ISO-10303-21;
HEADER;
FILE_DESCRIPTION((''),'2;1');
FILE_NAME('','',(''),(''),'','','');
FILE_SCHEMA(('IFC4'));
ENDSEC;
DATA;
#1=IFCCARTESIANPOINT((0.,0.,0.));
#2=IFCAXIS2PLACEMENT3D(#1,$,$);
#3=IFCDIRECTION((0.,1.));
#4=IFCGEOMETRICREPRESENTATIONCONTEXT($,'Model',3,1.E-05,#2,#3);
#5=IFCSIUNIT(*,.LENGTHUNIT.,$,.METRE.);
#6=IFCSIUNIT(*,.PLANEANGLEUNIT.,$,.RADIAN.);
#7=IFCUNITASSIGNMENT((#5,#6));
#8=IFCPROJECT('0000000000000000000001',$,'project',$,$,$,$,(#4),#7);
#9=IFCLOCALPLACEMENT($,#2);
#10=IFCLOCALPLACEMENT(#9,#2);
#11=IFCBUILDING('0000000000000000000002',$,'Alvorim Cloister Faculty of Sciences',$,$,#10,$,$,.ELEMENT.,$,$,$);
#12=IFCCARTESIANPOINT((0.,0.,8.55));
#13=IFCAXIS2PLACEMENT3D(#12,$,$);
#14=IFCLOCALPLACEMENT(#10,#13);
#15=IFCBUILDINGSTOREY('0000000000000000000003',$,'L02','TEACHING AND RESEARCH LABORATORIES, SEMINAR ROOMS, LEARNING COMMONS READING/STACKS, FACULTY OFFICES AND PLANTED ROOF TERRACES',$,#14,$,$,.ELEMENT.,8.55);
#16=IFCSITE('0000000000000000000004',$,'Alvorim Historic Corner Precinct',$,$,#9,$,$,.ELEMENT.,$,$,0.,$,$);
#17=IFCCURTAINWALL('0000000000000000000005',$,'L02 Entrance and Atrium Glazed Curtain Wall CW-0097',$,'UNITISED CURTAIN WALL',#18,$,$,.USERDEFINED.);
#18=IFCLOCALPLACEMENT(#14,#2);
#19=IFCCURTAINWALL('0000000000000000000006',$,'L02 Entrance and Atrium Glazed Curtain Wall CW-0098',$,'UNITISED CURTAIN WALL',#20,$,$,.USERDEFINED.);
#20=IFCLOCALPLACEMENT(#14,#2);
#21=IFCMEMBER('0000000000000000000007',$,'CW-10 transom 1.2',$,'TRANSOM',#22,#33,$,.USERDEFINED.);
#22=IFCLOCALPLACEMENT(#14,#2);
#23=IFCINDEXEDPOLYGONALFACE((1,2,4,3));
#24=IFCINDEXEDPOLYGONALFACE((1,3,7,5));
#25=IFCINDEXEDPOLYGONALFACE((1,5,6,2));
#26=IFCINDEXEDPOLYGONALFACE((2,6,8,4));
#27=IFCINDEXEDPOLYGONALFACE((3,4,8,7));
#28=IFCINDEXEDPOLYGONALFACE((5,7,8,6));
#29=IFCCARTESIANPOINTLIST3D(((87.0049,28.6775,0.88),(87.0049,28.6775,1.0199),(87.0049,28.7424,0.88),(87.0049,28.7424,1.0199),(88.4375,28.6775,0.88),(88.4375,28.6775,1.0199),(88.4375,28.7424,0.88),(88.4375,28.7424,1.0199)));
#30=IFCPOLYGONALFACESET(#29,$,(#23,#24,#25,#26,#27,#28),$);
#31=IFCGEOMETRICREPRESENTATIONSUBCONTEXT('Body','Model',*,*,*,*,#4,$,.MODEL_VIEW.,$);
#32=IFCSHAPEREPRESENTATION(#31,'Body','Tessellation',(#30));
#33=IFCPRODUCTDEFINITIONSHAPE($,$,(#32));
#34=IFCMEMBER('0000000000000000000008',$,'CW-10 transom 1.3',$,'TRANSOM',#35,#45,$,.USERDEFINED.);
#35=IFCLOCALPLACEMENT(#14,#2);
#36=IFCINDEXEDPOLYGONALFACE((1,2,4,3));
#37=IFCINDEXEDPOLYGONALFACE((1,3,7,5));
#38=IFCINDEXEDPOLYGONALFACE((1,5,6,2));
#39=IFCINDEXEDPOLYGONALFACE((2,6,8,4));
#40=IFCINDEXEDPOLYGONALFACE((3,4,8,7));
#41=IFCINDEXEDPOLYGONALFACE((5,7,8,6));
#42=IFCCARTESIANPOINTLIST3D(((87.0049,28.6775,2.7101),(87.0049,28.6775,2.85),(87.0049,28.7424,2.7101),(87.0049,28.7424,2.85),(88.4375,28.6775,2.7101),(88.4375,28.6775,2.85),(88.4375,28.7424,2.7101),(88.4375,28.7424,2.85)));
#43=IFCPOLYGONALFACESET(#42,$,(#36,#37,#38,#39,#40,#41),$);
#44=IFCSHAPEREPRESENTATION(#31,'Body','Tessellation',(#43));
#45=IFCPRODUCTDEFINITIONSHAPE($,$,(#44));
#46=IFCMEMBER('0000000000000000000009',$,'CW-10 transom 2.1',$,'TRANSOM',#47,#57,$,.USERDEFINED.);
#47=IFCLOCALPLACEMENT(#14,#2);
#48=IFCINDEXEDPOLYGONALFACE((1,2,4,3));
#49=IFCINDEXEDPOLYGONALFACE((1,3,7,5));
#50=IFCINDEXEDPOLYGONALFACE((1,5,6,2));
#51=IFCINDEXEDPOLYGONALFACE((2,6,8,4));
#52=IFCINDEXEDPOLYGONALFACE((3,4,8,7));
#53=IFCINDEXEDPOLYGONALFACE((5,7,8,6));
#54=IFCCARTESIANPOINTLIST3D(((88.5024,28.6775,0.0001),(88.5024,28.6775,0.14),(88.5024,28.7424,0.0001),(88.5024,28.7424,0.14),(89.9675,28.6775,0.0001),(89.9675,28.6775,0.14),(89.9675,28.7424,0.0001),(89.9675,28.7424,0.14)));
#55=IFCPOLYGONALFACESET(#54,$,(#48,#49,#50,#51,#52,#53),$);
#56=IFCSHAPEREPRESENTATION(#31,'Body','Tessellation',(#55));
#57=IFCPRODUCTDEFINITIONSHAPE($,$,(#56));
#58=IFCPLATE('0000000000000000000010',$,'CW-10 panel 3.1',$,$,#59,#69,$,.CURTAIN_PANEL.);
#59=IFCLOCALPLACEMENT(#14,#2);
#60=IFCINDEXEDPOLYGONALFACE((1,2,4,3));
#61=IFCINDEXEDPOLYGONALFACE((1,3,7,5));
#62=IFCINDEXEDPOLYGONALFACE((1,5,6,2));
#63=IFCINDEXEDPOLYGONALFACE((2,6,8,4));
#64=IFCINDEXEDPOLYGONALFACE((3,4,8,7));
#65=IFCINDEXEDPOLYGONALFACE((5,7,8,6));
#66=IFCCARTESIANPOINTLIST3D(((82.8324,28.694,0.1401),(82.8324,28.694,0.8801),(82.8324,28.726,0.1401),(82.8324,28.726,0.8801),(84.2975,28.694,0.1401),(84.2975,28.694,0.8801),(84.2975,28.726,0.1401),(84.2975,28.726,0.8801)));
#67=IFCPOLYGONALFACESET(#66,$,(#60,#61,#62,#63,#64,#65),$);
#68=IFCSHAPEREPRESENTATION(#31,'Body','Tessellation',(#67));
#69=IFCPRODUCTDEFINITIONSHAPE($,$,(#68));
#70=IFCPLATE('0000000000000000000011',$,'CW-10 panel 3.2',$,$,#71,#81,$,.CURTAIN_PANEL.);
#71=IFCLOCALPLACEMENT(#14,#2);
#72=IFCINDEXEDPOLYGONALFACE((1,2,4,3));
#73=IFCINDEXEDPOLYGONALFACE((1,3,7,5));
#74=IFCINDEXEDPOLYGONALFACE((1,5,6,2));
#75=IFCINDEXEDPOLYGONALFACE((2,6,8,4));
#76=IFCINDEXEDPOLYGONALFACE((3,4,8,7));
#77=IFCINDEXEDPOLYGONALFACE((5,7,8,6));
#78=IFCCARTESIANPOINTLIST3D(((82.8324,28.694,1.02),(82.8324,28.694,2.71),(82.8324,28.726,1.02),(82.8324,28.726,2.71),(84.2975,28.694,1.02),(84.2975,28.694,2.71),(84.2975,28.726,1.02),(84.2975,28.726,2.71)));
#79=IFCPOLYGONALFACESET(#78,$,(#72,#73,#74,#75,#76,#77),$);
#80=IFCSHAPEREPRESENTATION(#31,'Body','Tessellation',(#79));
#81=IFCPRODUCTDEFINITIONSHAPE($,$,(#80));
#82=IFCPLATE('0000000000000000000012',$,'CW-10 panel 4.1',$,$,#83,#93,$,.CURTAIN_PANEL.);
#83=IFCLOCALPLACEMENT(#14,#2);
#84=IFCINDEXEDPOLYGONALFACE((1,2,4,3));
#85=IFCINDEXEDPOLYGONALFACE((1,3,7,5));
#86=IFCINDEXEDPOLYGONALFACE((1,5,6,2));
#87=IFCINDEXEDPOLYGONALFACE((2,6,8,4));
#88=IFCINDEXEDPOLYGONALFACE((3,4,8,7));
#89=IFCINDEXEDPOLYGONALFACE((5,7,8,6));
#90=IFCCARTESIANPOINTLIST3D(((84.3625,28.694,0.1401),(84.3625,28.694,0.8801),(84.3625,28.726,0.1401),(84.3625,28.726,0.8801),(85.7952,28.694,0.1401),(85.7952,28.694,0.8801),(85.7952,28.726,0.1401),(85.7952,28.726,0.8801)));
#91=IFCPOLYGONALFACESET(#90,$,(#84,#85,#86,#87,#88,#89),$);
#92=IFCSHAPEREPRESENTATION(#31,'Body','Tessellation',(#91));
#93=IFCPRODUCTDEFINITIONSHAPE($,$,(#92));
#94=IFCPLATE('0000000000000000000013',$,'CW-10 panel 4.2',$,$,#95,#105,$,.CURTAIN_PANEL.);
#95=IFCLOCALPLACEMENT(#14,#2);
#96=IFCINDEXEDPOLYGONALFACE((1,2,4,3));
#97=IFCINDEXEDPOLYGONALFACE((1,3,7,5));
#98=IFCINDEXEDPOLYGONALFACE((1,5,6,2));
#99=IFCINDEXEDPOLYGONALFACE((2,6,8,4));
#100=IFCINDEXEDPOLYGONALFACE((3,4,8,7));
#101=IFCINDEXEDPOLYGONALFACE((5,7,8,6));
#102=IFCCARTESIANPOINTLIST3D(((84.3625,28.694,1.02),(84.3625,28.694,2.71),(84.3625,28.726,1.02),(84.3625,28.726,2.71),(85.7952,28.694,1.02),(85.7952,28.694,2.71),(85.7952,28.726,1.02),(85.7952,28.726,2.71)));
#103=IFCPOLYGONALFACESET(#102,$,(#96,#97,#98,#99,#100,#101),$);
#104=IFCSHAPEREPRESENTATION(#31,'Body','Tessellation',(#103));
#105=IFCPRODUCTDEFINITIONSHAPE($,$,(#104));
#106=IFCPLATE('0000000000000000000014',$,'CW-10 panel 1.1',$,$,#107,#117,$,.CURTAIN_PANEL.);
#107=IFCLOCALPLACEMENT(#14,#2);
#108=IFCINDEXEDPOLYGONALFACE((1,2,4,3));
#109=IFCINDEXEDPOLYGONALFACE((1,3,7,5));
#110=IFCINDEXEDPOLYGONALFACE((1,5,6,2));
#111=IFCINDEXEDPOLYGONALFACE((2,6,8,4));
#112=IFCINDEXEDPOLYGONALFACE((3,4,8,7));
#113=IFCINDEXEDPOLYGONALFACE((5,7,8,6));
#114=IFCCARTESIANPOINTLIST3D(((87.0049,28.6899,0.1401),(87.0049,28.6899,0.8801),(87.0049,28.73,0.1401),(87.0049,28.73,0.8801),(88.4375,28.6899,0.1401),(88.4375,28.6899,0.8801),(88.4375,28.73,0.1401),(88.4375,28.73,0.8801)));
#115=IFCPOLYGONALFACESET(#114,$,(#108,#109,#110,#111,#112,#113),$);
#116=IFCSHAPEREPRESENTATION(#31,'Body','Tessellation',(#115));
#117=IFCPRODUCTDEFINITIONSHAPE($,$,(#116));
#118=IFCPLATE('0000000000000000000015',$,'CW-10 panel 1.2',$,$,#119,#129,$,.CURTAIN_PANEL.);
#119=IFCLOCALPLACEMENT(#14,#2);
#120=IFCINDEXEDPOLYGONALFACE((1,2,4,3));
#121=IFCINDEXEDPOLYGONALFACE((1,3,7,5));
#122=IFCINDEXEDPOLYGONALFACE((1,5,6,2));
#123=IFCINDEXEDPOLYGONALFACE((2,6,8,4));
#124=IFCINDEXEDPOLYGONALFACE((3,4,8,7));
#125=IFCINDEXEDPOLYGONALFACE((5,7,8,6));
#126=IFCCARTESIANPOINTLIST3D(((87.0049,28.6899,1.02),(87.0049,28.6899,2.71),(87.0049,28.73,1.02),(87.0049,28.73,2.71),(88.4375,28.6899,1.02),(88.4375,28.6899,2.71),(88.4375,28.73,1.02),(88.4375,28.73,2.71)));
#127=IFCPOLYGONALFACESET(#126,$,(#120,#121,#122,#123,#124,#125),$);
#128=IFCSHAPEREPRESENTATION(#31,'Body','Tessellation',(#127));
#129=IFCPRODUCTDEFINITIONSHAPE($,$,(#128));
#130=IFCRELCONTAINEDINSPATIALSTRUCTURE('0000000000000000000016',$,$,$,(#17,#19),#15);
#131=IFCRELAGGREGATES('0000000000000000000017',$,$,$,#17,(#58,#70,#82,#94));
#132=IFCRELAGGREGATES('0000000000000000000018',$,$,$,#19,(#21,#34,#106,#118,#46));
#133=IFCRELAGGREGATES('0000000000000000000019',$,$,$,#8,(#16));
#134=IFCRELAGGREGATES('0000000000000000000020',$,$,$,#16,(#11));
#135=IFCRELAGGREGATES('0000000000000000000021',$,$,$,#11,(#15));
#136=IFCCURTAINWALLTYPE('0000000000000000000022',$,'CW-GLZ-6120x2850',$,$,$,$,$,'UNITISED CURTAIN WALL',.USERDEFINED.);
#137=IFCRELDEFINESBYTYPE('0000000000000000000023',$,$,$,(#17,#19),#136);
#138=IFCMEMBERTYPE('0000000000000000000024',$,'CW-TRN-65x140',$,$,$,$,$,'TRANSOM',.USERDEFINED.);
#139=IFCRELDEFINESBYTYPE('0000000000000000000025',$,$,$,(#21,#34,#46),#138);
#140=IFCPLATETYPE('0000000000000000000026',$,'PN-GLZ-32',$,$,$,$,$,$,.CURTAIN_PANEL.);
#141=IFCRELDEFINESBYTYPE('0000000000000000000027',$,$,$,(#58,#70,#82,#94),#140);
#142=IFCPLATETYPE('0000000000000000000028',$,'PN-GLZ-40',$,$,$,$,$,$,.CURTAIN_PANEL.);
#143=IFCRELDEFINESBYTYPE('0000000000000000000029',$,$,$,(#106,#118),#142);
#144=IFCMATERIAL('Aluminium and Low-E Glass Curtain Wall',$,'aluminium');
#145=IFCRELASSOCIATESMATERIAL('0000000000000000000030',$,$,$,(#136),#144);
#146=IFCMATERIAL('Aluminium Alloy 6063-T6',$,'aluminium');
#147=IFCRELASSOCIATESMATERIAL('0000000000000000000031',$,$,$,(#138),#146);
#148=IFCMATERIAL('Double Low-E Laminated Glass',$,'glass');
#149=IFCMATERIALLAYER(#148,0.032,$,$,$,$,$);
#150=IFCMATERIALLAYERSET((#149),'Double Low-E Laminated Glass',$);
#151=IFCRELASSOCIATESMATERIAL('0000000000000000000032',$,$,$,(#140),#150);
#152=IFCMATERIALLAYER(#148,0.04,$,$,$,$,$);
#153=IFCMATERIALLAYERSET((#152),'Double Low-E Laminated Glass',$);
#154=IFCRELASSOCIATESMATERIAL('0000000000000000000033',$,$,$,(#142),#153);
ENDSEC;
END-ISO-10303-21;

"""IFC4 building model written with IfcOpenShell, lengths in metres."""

from ifc_helpers import new_model, si_unit, direction, frame, origin, origin_2d, place, context, subcontext, project, spatial, rectangle, extrude, material, layer, layer_set, material_profile, profile_set, type_object, element, aggregate, save


model = new_model("IFC4")

# Units and contexts
model_context = context("Model", 3, precision=1e-05, world=origin(), true_north=direction((0.0, 1.0)))
body_context = subcontext(model_context, "Body", "Model", "MODEL_VIEW")
ifc_project = project(units=[si_unit("LENGTHUNIT", "METRE"), si_unit("PLANEANGLEUNIT", "RADIAN")], contexts=[model_context])

# Site, building, storey
site_placement = place(None, origin())
site = spatial("IfcSite", under=ifc_project, at=site_placement, Name="Alvorim Historic Corner Precinct", CompositionType="ELEMENT", RefElevation=0.0)
building_placement = place(site_placement, origin())
building = spatial("IfcBuilding", under=site, at=building_placement, Name="Alvorim Cloister Faculty of Sciences", CompositionType="ELEMENT")
storey_placement = place(building_placement, frame((0.0, 0.0, 8.55)))
storey = spatial("IfcBuildingStorey", under=building, at=storey_placement, Name="L02", Description="TEACHING AND RESEARCH LABORATORIES, SEMINAR ROOMS, LEARNING COMMONS READING/STACKS, FACULTY OFFICES AND PLANTED ROOF TERRACES", CompositionType="ELEMENT", Elevation=8.55)

# Curtain walls
ifc_material_1 = material(Name="Aluminium and Low-E Glass Curtain Wall", Category="aluminium")
curtain_wall_type = type_object("IfcCurtainWallType", Name="CW-GLZ-6120x2850", ElementType="UNITISED CURTAIN WALL", PredefinedType="USERDEFINED", material=ifc_material_1)
curtain_wall_1_placement = place(storey_placement, origin())
curtain_wall_1 = element("IfcCurtainWall", 1, at=curtain_wall_1_placement, inside=storey, type_object=curtain_wall_type, Name="L02 Entrance and Atrium Glazed Curtain Wall CW-0097", ObjectType="UNITISED CURTAIN WALL", PredefinedType="USERDEFINED")
ifc_material_2 = material(Name="Aluminium Alloy 6063-T6", Category="aluminium")
curtain_wall_2_placement = place(storey_placement, origin())
curtain_wall_2 = element("IfcCurtainWall", 2, at=curtain_wall_2_placement, inside=storey, type_object=curtain_wall_type, Name="L02 Entrance and Atrium Glazed Curtain Wall CW-0098", ObjectType="UNITISED CURTAIN WALL", PredefinedType="USERDEFINED")

# Members
ifc_material_profile_1 = material_profile(ifc_material_2, rectangle(XDim=0.0649, YDim=0.1399, at=origin_2d()), Name="ALU-TRN-65x140")
ifc_profile_set_1 = profile_set([ifc_material_profile_1], Name="Aluminium Alloy 6063-T6")
member_type_1 = type_object("IfcMemberType", Name="CW-TRN-65x140", ElementType="TRANSOM", PredefinedType="USERDEFINED", material=ifc_profile_set_1)
member_1_placement = place(storey_placement, frame((87.0049, 28.71, 0.95), z_axis=(1.0, 0.0, 0.0), x_axis=(0.0, 1.0, 0.0)))
member_1 = element("IfcMember", 3, at=member_1_placement, type_object=member_type_1, Name="CW-10 transom 1.2", ObjectType="TRANSOM", PredefinedType="USERDEFINED", context=body_context, shape_type="SweptSolid", body=[
    extrude(rectangle(XDim=0.0649, YDim=0.1399, at=origin_2d()), origin(), (0.0, 0.0, 1.0), 1.4326),
])
member_2_placement = place(storey_placement, frame((87.0049, 28.71, 2.78), z_axis=(1.0, 0.0, 0.0), x_axis=(0.0, 1.0, 0.0)))
member_2 = element("IfcMember", 4, at=member_2_placement, type_object=member_type_1, Name="CW-10 transom 1.3", ObjectType="TRANSOM", PredefinedType="USERDEFINED", context=body_context, shape_type="SweptSolid", body=[
    extrude(rectangle(XDim=0.0649, YDim=0.1399, at=origin_2d()), origin(), (0.0, 0.0, 1.0), 1.4326),
])
member_3_placement = place(storey_placement, frame((88.5024, 28.71, 0.0701), z_axis=(1.0, 0.0, 0.0), x_axis=(0.0, 1.0, 0.0)))
member_3 = element("IfcMember", 5, at=member_3_placement, type_object=member_type_1, Name="CW-10 transom 2.1", ObjectType="TRANSOM", PredefinedType="USERDEFINED", context=body_context, shape_type="SweptSolid", body=[
    extrude(rectangle(XDim=0.0649, YDim=0.1399, at=origin_2d()), origin(), (0.0, 0.0, 1.0), 1.4651),
])

# Plates
ifc_material_3 = material(Name="Double Low-E Laminated Glass", Category="glass")
ifc_layer_1 = layer(ifc_material_3, 0.032)
ifc_layer_set_1 = layer_set([ifc_layer_1], Name="Double Low-E Laminated Glass")
plate_type_1 = type_object("IfcPlateType", Name="PN-GLZ-32", PredefinedType="CURTAIN_PANEL", material=ifc_layer_set_1)
plate_1_placement = place(storey_placement, frame((83.5649, 28.71, 0.1401), z_axis=(0.0, 0.0, 1.0), x_axis=(1.0, 0.0, 0.0)))
plate_1 = element("IfcPlate", 6, at=plate_1_placement, type_object=plate_type_1, Name="CW-10 panel 3.1", PredefinedType="CURTAIN_PANEL", context=body_context, shape_type="SweptSolid", body=[
    extrude(rectangle(XDim=1.4651, YDim=0.032, at=origin_2d()), origin(), (0.0, 0.0, 1.0), 0.74),
])
plate_2_placement = place(storey_placement, frame((83.5649, 28.71, 1.02), z_axis=(0.0, 0.0, 1.0), x_axis=(1.0, 0.0, 0.0)))
plate_2 = element("IfcPlate", 7, at=plate_2_placement, type_object=plate_type_1, Name="CW-10 panel 3.2", PredefinedType="CURTAIN_PANEL", context=body_context, shape_type="SweptSolid", body=[
    extrude(rectangle(XDim=1.4651, YDim=0.032, at=origin_2d()), origin(), (0.0, 0.0, 1.0), 1.6899),
])
plate_3_placement = place(storey_placement, frame((85.0789, 28.71, 0.1401), z_axis=(0.0, 0.0, 1.0), x_axis=(1.0, 0.0, 0.0)))
plate_3 = element("IfcPlate", 8, at=plate_3_placement, type_object=plate_type_1, Name="CW-10 panel 4.1", PredefinedType="CURTAIN_PANEL", context=body_context, shape_type="SweptSolid", body=[
    extrude(rectangle(XDim=1.4326, YDim=0.032, at=origin_2d()), origin(), (0.0, 0.0, 1.0), 0.74),
])
plate_4_placement = place(storey_placement, frame((85.0789, 28.71, 1.02), z_axis=(0.0, 0.0, 1.0), x_axis=(1.0, 0.0, 0.0)))
plate_4 = element("IfcPlate", 9, at=plate_4_placement, type_object=plate_type_1, Name="CW-10 panel 4.2", PredefinedType="CURTAIN_PANEL", context=body_context, shape_type="SweptSolid", body=[
    extrude(rectangle(XDim=1.4326, YDim=0.032, at=origin_2d()), origin(), (0.0, 0.0, 1.0), 1.6899),
])
aggregate(curtain_wall_1, [plate_1, plate_2, plate_3, plate_4])
ifc_layer_2 = layer(ifc_material_3, 0.04)
ifc_layer_set_2 = layer_set([ifc_layer_2], Name="Double Low-E Laminated Glass")
plate_type_2 = type_object("IfcPlateType", Name="PN-GLZ-40", PredefinedType="CURTAIN_PANEL", material=ifc_layer_set_2)
plate_5_placement = place(storey_placement, frame((87.7212, 28.71, 0.1401), z_axis=(0.0, 0.0, 1.0), x_axis=(1.0, 0.0, 0.0)))
plate_5 = element("IfcPlate", 10, at=plate_5_placement, type_object=plate_type_2, Name="CW-10 panel 1.1", PredefinedType="CURTAIN_PANEL", context=body_context, shape_type="SweptSolid", body=[
    extrude(rectangle(XDim=1.4326, YDim=0.04, at=origin_2d()), origin(), (0.0, 0.0, 1.0), 0.74),
])
plate_6_placement = place(storey_placement, frame((87.7212, 28.71, 1.02), z_axis=(0.0, 0.0, 1.0), x_axis=(1.0, 0.0, 0.0)))
plate_6 = element("IfcPlate", 11, at=plate_6_placement, type_object=plate_type_2, Name="CW-10 panel 1.2", PredefinedType="CURTAIN_PANEL", context=body_context, shape_type="SweptSolid", body=[
    extrude(rectangle(XDim=1.4326, YDim=0.04, at=origin_2d()), origin(), (0.0, 0.0, 1.0), 1.6899),
])
aggregate(curtain_wall_2, [member_1, member_2, plate_5, plate_6, member_3])

save(model, "model.ifc")
